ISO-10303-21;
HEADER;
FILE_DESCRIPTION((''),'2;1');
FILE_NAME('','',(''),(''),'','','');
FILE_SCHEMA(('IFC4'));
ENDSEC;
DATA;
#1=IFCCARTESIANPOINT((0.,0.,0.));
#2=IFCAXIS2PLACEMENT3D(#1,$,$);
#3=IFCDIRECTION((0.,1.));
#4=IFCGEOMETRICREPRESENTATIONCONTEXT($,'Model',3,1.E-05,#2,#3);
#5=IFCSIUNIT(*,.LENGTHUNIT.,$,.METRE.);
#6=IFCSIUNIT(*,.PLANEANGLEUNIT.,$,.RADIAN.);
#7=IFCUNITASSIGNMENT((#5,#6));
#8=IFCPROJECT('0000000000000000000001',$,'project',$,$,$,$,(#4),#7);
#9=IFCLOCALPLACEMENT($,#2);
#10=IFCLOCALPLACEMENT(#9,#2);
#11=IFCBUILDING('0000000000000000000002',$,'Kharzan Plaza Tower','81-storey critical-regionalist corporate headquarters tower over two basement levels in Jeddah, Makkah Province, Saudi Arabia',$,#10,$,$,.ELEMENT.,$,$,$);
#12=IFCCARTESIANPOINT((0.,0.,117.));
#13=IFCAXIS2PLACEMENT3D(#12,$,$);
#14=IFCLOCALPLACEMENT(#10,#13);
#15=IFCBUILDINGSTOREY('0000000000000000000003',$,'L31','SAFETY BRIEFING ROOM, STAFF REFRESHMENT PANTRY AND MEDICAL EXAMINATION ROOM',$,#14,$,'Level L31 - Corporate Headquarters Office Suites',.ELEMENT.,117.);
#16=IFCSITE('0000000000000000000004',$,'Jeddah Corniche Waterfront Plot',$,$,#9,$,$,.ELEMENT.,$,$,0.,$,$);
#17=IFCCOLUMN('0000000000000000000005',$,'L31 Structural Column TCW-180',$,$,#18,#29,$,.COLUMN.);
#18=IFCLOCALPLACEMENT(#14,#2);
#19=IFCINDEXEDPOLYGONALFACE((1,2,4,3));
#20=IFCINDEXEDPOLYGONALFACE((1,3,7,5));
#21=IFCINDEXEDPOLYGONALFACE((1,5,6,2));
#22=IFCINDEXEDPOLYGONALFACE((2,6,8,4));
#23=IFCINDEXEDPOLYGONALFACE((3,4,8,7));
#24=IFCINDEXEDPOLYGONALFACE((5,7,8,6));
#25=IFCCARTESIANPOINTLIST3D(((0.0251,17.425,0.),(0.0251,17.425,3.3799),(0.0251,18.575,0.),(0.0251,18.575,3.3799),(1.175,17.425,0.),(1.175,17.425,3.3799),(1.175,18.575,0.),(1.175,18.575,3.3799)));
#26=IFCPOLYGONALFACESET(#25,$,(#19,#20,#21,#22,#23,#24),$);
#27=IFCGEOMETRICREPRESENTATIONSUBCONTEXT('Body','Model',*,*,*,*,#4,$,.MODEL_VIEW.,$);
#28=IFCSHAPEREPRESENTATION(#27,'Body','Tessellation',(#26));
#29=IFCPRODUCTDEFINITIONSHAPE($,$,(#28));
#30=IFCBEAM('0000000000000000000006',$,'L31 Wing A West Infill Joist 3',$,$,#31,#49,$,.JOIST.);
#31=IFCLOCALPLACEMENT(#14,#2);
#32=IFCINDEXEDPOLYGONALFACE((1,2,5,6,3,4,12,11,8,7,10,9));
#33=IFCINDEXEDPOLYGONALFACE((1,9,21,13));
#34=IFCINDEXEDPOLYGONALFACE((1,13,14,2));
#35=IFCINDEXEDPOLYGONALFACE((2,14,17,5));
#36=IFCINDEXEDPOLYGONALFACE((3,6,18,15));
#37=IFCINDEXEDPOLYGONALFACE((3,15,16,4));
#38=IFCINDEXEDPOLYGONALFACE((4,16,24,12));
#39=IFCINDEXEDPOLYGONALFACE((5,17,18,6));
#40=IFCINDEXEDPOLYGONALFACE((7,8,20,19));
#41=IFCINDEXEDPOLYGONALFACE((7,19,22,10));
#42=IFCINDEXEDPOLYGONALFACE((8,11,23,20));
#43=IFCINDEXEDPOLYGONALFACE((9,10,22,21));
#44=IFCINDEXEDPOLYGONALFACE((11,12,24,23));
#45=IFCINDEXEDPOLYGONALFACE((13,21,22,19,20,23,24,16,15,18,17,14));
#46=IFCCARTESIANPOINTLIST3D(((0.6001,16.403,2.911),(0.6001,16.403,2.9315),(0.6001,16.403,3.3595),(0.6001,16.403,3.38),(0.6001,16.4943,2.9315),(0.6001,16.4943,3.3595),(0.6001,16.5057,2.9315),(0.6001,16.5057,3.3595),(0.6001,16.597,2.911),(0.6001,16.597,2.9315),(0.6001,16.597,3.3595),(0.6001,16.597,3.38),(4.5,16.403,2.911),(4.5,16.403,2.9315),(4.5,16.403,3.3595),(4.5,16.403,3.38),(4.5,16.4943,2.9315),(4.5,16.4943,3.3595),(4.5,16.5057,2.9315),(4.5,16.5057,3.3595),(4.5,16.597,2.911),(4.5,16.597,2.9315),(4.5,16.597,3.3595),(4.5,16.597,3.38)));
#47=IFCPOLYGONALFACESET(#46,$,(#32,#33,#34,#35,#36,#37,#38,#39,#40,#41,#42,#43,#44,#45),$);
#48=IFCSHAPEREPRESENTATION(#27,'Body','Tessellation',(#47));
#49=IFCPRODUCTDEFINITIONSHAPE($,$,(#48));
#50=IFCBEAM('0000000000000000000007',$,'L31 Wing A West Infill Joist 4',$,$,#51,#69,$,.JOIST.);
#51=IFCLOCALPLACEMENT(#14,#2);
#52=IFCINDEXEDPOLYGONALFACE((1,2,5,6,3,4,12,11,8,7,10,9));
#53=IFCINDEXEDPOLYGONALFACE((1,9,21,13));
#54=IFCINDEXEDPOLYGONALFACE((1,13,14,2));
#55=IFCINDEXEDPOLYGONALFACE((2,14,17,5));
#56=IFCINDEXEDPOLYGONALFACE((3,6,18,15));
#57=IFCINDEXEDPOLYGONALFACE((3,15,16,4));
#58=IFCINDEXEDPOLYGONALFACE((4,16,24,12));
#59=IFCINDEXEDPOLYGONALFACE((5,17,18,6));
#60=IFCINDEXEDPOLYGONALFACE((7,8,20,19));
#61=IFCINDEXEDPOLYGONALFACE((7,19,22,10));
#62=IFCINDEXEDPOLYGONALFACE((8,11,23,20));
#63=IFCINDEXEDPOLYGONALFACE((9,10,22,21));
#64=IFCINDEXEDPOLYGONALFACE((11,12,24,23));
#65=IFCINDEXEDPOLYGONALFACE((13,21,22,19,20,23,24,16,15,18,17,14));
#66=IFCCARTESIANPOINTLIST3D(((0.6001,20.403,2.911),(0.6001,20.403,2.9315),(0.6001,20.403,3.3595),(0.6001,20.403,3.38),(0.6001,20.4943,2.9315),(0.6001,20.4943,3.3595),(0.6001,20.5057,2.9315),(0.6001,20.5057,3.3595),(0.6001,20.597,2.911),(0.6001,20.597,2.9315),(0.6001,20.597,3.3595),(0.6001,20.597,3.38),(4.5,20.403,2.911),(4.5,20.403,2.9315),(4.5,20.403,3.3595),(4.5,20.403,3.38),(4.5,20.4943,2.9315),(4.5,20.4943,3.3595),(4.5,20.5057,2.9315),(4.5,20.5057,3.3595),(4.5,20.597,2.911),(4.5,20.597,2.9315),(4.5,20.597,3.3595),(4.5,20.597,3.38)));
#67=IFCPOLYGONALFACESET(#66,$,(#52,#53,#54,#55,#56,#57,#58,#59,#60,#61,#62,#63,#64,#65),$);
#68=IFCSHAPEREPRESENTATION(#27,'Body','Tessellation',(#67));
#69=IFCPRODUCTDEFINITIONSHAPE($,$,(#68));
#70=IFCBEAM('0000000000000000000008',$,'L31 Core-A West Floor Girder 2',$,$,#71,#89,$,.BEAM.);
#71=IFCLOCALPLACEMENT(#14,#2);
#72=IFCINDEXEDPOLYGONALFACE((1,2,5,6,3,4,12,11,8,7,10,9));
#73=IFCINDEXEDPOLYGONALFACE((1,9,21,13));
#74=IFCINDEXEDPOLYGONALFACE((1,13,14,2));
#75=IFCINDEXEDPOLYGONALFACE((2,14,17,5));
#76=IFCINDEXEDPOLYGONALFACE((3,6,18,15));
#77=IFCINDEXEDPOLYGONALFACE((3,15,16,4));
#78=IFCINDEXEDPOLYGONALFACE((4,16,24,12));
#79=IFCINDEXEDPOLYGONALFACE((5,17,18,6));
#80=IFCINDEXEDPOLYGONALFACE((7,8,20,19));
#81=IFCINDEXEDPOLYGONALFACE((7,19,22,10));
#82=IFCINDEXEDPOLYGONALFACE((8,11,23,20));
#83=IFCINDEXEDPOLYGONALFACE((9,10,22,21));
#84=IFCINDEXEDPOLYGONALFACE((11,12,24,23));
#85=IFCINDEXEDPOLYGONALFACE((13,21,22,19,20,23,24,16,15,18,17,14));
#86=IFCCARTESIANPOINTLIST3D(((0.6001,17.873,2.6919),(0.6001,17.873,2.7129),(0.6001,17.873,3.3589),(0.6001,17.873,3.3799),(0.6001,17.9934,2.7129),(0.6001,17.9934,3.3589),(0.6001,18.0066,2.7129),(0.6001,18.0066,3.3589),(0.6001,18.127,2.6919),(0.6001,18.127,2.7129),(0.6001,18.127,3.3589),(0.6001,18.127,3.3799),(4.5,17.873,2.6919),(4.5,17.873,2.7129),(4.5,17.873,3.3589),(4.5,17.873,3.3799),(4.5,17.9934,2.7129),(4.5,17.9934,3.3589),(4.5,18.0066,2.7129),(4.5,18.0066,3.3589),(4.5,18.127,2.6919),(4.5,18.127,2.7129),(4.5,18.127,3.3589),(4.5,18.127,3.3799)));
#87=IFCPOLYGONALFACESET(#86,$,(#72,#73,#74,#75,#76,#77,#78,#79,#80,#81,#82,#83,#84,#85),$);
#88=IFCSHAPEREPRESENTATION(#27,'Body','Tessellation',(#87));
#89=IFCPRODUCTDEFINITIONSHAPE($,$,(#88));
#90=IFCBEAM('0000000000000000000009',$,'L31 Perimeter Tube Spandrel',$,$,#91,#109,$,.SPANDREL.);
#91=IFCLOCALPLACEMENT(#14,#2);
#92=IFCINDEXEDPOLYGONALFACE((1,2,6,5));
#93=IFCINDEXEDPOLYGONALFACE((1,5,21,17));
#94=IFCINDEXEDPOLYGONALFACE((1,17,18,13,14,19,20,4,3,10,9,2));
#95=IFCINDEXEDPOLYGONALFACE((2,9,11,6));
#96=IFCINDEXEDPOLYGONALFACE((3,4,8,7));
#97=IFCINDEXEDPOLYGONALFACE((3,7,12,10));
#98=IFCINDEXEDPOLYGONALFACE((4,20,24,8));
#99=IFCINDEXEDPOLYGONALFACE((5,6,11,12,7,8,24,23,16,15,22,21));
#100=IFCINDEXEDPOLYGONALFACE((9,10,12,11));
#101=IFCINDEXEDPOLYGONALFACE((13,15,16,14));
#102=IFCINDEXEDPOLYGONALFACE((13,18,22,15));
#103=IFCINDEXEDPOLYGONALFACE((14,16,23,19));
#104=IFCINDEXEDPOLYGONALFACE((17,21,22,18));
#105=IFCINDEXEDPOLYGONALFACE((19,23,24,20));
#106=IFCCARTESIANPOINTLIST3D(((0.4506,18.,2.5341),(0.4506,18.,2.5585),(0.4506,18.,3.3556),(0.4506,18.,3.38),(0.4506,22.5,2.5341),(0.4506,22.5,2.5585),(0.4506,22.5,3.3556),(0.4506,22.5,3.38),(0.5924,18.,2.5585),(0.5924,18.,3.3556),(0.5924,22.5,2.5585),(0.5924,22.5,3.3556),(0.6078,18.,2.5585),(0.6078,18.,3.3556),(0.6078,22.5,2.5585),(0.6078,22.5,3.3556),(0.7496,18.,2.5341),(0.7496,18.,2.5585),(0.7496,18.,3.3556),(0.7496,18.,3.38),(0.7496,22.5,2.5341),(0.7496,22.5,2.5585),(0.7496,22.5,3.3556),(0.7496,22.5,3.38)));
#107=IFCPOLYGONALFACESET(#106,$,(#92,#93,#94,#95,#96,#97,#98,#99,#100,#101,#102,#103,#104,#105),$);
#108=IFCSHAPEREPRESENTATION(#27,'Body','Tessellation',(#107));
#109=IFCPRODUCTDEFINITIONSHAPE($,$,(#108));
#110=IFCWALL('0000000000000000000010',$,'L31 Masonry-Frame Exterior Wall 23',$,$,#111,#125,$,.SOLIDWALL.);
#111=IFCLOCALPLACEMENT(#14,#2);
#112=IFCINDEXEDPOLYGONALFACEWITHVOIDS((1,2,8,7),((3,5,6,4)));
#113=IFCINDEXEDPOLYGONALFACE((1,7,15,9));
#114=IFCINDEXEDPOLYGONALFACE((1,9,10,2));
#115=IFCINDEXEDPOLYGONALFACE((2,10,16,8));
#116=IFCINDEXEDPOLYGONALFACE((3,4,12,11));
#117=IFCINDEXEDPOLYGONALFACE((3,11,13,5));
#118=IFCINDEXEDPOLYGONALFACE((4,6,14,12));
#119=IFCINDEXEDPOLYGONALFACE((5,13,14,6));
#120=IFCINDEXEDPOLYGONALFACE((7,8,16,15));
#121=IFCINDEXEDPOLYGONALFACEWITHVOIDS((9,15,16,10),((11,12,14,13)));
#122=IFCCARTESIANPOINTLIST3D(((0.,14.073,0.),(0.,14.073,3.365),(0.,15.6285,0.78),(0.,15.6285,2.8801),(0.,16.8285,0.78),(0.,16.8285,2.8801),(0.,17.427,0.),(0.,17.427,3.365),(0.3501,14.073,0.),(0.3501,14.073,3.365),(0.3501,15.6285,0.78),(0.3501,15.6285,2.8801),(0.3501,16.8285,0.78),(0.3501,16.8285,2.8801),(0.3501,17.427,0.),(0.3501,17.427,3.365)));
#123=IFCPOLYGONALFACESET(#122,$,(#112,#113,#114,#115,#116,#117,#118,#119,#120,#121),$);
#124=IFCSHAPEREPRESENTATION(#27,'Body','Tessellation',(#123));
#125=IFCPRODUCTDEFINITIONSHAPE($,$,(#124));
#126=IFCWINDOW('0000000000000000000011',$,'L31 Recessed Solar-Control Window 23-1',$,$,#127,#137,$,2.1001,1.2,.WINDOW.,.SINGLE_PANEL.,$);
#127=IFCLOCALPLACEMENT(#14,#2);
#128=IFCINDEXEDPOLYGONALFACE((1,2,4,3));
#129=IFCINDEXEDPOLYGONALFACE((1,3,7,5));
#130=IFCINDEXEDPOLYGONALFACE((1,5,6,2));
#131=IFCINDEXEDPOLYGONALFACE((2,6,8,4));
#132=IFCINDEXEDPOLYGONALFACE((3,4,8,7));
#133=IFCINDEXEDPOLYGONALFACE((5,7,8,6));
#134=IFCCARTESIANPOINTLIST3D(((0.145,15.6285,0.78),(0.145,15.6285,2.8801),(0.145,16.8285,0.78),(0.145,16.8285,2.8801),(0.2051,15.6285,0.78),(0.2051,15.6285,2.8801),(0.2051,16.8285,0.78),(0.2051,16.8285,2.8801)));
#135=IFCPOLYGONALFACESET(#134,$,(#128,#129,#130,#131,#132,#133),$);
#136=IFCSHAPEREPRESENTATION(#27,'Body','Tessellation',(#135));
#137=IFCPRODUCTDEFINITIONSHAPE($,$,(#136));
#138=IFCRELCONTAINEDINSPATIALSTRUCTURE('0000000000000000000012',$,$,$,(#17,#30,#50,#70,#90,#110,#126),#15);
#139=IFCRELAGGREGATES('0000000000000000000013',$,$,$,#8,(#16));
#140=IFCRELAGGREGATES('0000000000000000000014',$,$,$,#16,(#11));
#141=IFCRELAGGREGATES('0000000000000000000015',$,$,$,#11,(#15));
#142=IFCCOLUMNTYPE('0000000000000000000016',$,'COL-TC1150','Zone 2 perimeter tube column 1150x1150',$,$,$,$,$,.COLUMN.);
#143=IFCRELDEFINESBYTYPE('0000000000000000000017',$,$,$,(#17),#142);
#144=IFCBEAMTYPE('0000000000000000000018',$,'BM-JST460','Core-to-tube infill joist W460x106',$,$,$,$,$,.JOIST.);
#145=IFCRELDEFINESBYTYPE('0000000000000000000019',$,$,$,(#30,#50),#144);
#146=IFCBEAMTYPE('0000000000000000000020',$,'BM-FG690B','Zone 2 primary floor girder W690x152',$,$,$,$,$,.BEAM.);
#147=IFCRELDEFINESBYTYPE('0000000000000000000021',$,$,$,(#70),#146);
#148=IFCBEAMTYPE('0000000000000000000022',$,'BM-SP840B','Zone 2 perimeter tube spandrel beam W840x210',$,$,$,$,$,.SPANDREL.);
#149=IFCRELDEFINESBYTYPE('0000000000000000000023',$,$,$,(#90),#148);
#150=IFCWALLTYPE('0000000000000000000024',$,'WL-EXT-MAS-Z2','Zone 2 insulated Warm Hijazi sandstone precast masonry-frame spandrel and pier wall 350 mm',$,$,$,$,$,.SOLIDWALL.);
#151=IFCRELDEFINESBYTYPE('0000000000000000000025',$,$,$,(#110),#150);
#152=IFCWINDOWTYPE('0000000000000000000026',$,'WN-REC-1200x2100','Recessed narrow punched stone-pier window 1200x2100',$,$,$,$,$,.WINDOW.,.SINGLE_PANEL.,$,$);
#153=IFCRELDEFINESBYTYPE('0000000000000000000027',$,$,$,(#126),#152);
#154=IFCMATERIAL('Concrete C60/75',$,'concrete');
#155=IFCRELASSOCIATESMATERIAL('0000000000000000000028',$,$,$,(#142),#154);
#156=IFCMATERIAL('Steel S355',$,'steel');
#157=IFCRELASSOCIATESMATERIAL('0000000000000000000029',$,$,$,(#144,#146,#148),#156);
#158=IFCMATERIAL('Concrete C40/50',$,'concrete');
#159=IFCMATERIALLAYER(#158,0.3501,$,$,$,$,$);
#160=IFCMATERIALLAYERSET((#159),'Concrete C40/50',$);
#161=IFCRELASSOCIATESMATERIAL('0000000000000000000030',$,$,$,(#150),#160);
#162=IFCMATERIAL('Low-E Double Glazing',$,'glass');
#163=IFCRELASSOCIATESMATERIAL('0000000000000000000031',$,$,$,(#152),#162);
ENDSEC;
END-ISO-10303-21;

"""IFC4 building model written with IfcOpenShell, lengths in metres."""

from ifc_helpers import new_model, si_unit, direction, frame, frame_2d, origin, origin_2d, place, context, subcontext, project, spatial, rectangle, i_section, extrude, source, transform, mapped, material, layer, layer_set, material_profile, profile_set, type_object, element, fill, save


model = new_model("IFC4")

# Units and contexts
model_context = context("Model", 3, precision=1e-05, world=origin(), true_north=direction((0.0, 1.0)))
body_context = subcontext(model_context, "Body", "Model", "MODEL_VIEW")
ifc_project = project(units=[si_unit("LENGTHUNIT", "METRE"), si_unit("PLANEANGLEUNIT", "RADIAN")], contexts=[model_context])

# Site, building, storey
site_placement = place(None, origin())
site = spatial("IfcSite", under=ifc_project, at=site_placement, Name="Jeddah Corniche Waterfront Plot", CompositionType="ELEMENT", RefElevation=0.0)
building_placement = place(site_placement, origin())
building = spatial("IfcBuilding", under=site, at=building_placement, Name="Kharzan Plaza Tower", Description="81-storey critical-regionalist corporate headquarters tower over two basement levels in Jeddah, Makkah Province, Saudi Arabia", CompositionType="ELEMENT")
storey_placement = place(building_placement, frame((0.0, 0.0, 117.0)))
storey = spatial("IfcBuildingStorey", under=building, at=storey_placement, Name="L31", Description="SAFETY BRIEFING ROOM, STAFF REFRESHMENT PANTRY AND MEDICAL EXAMINATION ROOM", LongName="Level L31 - Corporate Headquarters Office Suites", CompositionType="ELEMENT", Elevation=117.0)

# Column
ifc_material_1 = material(Name="Concrete C60/75", Category="concrete")
ifc_material_profile_1 = material_profile(ifc_material_1, rectangle(XDim=1.1499, YDim=1.1499, at=origin_2d()), Name="RC-TC1150x1150")
ifc_profile_set_1 = profile_set([ifc_material_profile_1], Name="Concrete C60/75")
column_type = type_object("IfcColumnType", Name="COL-TC1150", Description="Zone 2 perimeter tube column 1150x1150", PredefinedType="COLUMN", material=ifc_profile_set_1)
shared_shape_1 = source(origin(), body_context, "Body", "SweptSolid", [
    extrude(rectangle(XDim=1.1499, YDim=1.1499, at=origin_2d()), origin(), (0.0, 0.0, 1.0), 3.3799),
])
column_placement = place(storey_placement, frame((0.6001, 18.0, 0.0), z_axis=(0.0, 0.0, 1.0), x_axis=(1.0, 0.0, 0.0)))
element("IfcColumn", 1, at=column_placement, inside=storey, type_object=column_type, Name="L31 Structural Column TCW-180", PredefinedType="COLUMN", context=body_context, shape_type="MappedRepresentation", body=[
    mapped(shared_shape_1, transform((0.0, 0.0, 0.0), x_axis=(1.0, 0.0, 0.0), y_axis=(0.0, 1.0, 0.0), z_axis=(0.0, 0.0, 1.0))),
])

# Beams
ifc_material_2 = material(Name="Steel S355", Category="steel")
ifc_material_profile_2 = material_profile(ifc_material_2, i_section(OverallWidth=0.1941, OverallDepth=0.469, WebThickness=0.0115, FlangeThickness=0.0205, at=origin_2d()), Name="W460x106")
ifc_profile_set_2 = profile_set([ifc_material_profile_2], Name="Steel S355")
beam_type_1 = type_object("IfcBeamType", Name="BM-JST460", Description="Core-to-tube infill joist W460x106", PredefinedType="JOIST", material=ifc_profile_set_2)
shared_shape_2 = source(origin(), body_context, "Body", "SweptSolid", [
    extrude(i_section(OverallWidth=0.1941, OverallDepth=0.469, WebThickness=0.0115, FlangeThickness=0.0205, at=origin_2d()), origin(), (0.0, 0.0, 1.0), 3.8999),
])
for number, where, z_axis, x_axis, name in (
    (2, (0.6001, 16.5, 3.1455), (1.0, 0.0, 0.0), (0.0, 1.0, 0.0), "L31 Wing A West Infill Joist 3"),
    (3, (0.6001, 20.5, 3.1455), (1.0, 0.0, 0.0), (0.0, 1.0, 0.0), "L31 Wing A West Infill Joist 4"),
):
    element("IfcBeam", number, at=place(storey_placement, frame(where, z_axis=z_axis, x_axis=x_axis)), inside=storey, type_object=beam_type_1, Name=name, PredefinedType="JOIST", context=body_context, shape_type="MappedRepresentation", body=[
        mapped(shared_shape_2, transform((0.0, 0.0, 0.0), x_axis=(1.0, 0.0, 0.0), y_axis=(0.0, 1.0, 0.0), z_axis=(0.0, 0.0, 1.0))),
    ])
ifc_material_profile_3 = material_profile(ifc_material_2, i_section(OverallWidth=0.2539, OverallDepth=0.688, WebThickness=0.0132, FlangeThickness=0.021, at=origin_2d()), Name="W690x152")
ifc_profile_set_3 = profile_set([ifc_material_profile_3], Name="Steel S355")
beam_type_2 = type_object("IfcBeamType", Name="BM-FG690B", Description="Zone 2 primary floor girder W690x152", PredefinedType="BEAM", material=ifc_profile_set_3)
shared_shape_3 = source(origin(), body_context, "Body", "SweptSolid", [
    extrude(i_section(OverallWidth=0.2539, OverallDepth=0.688, WebThickness=0.0132, FlangeThickness=0.021, at=origin_2d()), origin(), (0.0, 0.0, 1.0), 3.8999),
])
beam_1_placement = place(storey_placement, frame((0.6001, 18.0, 3.0359), z_axis=(1.0, 0.0, 0.0), x_axis=(0.0, 1.0, 0.0)))
element("IfcBeam", 4, at=beam_1_placement, inside=storey, type_object=beam_type_2, Name="L31 Core-A West Floor Girder 2", PredefinedType="BEAM", context=body_context, shape_type="MappedRepresentation", body=[
    mapped(shared_shape_3, transform((0.0, 0.0, 0.0), x_axis=(1.0, 0.0, 0.0), y_axis=(0.0, 1.0, 0.0), z_axis=(0.0, 0.0, 1.0))),
])
ifc_material_profile_4 = material_profile(ifc_material_2, i_section(OverallWidth=0.2991, OverallDepth=0.8459, WebThickness=0.0154, FlangeThickness=0.0244, at=origin_2d()), Name="W840x210")
ifc_profile_set_4 = profile_set([ifc_material_profile_4], Name="Steel S355")
beam_type_3 = type_object("IfcBeamType", Name="BM-SP840B", Description="Zone 2 perimeter tube spandrel beam W840x210", PredefinedType="SPANDREL", material=ifc_profile_set_4)
shared_shape_4 = source(origin(), body_context, "Body", "SweptSolid", [
    extrude(i_section(OverallWidth=0.2991, OverallDepth=0.8459, WebThickness=0.0154, FlangeThickness=0.0244, at=origin_2d()), origin(), (0.0, 0.0, 1.0), 4.5),
])
beam_2_placement = place(storey_placement, frame((0.6001, 18.0, 2.957), z_axis=(0.0, 1.0, 0.0), x_axis=(-1.0, 0.0, 0.0)))
element("IfcBeam", 5, at=beam_2_placement, inside=storey, type_object=beam_type_3, Name="L31 Perimeter Tube Spandrel", PredefinedType="SPANDREL", context=body_context, shape_type="MappedRepresentation", body=[
    mapped(shared_shape_4, transform((0.0, 0.0, 0.0), x_axis=(1.0, 0.0, 0.0), y_axis=(0.0, 1.0, 0.0), z_axis=(0.0, 0.0, 1.0))),
])

# Wall, opening, window
ifc_material_3 = material(Name="Concrete C40/50", Category="concrete")
ifc_layer_1 = layer(ifc_material_3, 0.3501)
ifc_layer_set_1 = layer_set([ifc_layer_1], Name="Concrete C40/50")
wall_type_1 = type_object("IfcWallType", Name="WL-EXT-MAS-Z2", Description="Zone 2 insulated Warm Hijazi sandstone precast masonry-frame spandrel and pier wall 350 mm", PredefinedType="SOLIDWALL", material=ifc_layer_set_1)
wall_1_placement = place(storey_placement, frame((0.175, 17.427, 0.0), z_axis=(0.0, 0.0, 1.0), x_axis=(0.0, -1.0, 0.0)))
wall_1 = element("IfcWall", 6, at=wall_1_placement, inside=storey, type_object=wall_type_1, Name="L31 Masonry-Frame Exterior Wall 23", PredefinedType="SOLIDWALL", context=body_context, shape_type="SweptSolid", body=[
    extrude(rectangle(XDim=3.354, YDim=0.3501, at=frame_2d((1.677, 0.0))), origin(), (0.0, 0.0, 1.0), 3.365),
])
opening_1_placement = place(wall_1_placement, frame((0.5984, 0.0, 0.78)))
opening_1 = element("IfcOpeningElement", 7, at=opening_1_placement, cuts=wall_1, PredefinedType="OPENING", context=body_context, shape_type="SweptSolid", body=[
    extrude(rectangle(XDim=1.2, YDim=2.1001, at=frame_2d((0.6001, 1.05))), frame((0.0, 0.1851, 0.0), z_axis=(0.0, -1.0, 0.0), x_axis=(1.0, 0.0, 0.0)), (0.0, 0.0, 1.0), 0.3701),
])
ifc_material_4 = material(Name="Low-E Double Glazing", Category="glass")
window_type = type_object("IfcWindowType", Name="WN-REC-1200x2100", Description="Recessed narrow punched stone-pier window 1200x2100", PartitioningType="SINGLE_PANEL", PredefinedType="WINDOW", material=ifc_material_4)
shared_shape_5 = source(origin(), body_context, "Body", "SweptSolid", [
    extrude(rectangle(XDim=1.2, YDim=2.1001, at=frame_2d((0.6001, 1.05))), frame((0.0, 0.03, 0.0), z_axis=(0.0, -1.0, 0.0), x_axis=(1.0, 0.0, 0.0)), (0.0, 0.0, 1.0), 0.0601),
])
window_placement = place(opening_1_placement, origin())
window = element("IfcWindow", 8, at=window_placement, inside=storey, type_object=window_type, Name="L31 Recessed Solar-Control Window 23-1", OverallHeight=2.1001, OverallWidth=1.2, PartitioningType="SINGLE_PANEL", PredefinedType="WINDOW", context=body_context, shape_type="MappedRepresentation", body=[
    mapped(shared_shape_5, transform((0.0, 0.0, 0.0), x_axis=(1.0, 0.0, 0.0), y_axis=(0.0, 1.0, 0.0), z_axis=(0.0, 0.0, 1.0))),
])
fill(opening_1, window)

save(model, "model.ifc")
